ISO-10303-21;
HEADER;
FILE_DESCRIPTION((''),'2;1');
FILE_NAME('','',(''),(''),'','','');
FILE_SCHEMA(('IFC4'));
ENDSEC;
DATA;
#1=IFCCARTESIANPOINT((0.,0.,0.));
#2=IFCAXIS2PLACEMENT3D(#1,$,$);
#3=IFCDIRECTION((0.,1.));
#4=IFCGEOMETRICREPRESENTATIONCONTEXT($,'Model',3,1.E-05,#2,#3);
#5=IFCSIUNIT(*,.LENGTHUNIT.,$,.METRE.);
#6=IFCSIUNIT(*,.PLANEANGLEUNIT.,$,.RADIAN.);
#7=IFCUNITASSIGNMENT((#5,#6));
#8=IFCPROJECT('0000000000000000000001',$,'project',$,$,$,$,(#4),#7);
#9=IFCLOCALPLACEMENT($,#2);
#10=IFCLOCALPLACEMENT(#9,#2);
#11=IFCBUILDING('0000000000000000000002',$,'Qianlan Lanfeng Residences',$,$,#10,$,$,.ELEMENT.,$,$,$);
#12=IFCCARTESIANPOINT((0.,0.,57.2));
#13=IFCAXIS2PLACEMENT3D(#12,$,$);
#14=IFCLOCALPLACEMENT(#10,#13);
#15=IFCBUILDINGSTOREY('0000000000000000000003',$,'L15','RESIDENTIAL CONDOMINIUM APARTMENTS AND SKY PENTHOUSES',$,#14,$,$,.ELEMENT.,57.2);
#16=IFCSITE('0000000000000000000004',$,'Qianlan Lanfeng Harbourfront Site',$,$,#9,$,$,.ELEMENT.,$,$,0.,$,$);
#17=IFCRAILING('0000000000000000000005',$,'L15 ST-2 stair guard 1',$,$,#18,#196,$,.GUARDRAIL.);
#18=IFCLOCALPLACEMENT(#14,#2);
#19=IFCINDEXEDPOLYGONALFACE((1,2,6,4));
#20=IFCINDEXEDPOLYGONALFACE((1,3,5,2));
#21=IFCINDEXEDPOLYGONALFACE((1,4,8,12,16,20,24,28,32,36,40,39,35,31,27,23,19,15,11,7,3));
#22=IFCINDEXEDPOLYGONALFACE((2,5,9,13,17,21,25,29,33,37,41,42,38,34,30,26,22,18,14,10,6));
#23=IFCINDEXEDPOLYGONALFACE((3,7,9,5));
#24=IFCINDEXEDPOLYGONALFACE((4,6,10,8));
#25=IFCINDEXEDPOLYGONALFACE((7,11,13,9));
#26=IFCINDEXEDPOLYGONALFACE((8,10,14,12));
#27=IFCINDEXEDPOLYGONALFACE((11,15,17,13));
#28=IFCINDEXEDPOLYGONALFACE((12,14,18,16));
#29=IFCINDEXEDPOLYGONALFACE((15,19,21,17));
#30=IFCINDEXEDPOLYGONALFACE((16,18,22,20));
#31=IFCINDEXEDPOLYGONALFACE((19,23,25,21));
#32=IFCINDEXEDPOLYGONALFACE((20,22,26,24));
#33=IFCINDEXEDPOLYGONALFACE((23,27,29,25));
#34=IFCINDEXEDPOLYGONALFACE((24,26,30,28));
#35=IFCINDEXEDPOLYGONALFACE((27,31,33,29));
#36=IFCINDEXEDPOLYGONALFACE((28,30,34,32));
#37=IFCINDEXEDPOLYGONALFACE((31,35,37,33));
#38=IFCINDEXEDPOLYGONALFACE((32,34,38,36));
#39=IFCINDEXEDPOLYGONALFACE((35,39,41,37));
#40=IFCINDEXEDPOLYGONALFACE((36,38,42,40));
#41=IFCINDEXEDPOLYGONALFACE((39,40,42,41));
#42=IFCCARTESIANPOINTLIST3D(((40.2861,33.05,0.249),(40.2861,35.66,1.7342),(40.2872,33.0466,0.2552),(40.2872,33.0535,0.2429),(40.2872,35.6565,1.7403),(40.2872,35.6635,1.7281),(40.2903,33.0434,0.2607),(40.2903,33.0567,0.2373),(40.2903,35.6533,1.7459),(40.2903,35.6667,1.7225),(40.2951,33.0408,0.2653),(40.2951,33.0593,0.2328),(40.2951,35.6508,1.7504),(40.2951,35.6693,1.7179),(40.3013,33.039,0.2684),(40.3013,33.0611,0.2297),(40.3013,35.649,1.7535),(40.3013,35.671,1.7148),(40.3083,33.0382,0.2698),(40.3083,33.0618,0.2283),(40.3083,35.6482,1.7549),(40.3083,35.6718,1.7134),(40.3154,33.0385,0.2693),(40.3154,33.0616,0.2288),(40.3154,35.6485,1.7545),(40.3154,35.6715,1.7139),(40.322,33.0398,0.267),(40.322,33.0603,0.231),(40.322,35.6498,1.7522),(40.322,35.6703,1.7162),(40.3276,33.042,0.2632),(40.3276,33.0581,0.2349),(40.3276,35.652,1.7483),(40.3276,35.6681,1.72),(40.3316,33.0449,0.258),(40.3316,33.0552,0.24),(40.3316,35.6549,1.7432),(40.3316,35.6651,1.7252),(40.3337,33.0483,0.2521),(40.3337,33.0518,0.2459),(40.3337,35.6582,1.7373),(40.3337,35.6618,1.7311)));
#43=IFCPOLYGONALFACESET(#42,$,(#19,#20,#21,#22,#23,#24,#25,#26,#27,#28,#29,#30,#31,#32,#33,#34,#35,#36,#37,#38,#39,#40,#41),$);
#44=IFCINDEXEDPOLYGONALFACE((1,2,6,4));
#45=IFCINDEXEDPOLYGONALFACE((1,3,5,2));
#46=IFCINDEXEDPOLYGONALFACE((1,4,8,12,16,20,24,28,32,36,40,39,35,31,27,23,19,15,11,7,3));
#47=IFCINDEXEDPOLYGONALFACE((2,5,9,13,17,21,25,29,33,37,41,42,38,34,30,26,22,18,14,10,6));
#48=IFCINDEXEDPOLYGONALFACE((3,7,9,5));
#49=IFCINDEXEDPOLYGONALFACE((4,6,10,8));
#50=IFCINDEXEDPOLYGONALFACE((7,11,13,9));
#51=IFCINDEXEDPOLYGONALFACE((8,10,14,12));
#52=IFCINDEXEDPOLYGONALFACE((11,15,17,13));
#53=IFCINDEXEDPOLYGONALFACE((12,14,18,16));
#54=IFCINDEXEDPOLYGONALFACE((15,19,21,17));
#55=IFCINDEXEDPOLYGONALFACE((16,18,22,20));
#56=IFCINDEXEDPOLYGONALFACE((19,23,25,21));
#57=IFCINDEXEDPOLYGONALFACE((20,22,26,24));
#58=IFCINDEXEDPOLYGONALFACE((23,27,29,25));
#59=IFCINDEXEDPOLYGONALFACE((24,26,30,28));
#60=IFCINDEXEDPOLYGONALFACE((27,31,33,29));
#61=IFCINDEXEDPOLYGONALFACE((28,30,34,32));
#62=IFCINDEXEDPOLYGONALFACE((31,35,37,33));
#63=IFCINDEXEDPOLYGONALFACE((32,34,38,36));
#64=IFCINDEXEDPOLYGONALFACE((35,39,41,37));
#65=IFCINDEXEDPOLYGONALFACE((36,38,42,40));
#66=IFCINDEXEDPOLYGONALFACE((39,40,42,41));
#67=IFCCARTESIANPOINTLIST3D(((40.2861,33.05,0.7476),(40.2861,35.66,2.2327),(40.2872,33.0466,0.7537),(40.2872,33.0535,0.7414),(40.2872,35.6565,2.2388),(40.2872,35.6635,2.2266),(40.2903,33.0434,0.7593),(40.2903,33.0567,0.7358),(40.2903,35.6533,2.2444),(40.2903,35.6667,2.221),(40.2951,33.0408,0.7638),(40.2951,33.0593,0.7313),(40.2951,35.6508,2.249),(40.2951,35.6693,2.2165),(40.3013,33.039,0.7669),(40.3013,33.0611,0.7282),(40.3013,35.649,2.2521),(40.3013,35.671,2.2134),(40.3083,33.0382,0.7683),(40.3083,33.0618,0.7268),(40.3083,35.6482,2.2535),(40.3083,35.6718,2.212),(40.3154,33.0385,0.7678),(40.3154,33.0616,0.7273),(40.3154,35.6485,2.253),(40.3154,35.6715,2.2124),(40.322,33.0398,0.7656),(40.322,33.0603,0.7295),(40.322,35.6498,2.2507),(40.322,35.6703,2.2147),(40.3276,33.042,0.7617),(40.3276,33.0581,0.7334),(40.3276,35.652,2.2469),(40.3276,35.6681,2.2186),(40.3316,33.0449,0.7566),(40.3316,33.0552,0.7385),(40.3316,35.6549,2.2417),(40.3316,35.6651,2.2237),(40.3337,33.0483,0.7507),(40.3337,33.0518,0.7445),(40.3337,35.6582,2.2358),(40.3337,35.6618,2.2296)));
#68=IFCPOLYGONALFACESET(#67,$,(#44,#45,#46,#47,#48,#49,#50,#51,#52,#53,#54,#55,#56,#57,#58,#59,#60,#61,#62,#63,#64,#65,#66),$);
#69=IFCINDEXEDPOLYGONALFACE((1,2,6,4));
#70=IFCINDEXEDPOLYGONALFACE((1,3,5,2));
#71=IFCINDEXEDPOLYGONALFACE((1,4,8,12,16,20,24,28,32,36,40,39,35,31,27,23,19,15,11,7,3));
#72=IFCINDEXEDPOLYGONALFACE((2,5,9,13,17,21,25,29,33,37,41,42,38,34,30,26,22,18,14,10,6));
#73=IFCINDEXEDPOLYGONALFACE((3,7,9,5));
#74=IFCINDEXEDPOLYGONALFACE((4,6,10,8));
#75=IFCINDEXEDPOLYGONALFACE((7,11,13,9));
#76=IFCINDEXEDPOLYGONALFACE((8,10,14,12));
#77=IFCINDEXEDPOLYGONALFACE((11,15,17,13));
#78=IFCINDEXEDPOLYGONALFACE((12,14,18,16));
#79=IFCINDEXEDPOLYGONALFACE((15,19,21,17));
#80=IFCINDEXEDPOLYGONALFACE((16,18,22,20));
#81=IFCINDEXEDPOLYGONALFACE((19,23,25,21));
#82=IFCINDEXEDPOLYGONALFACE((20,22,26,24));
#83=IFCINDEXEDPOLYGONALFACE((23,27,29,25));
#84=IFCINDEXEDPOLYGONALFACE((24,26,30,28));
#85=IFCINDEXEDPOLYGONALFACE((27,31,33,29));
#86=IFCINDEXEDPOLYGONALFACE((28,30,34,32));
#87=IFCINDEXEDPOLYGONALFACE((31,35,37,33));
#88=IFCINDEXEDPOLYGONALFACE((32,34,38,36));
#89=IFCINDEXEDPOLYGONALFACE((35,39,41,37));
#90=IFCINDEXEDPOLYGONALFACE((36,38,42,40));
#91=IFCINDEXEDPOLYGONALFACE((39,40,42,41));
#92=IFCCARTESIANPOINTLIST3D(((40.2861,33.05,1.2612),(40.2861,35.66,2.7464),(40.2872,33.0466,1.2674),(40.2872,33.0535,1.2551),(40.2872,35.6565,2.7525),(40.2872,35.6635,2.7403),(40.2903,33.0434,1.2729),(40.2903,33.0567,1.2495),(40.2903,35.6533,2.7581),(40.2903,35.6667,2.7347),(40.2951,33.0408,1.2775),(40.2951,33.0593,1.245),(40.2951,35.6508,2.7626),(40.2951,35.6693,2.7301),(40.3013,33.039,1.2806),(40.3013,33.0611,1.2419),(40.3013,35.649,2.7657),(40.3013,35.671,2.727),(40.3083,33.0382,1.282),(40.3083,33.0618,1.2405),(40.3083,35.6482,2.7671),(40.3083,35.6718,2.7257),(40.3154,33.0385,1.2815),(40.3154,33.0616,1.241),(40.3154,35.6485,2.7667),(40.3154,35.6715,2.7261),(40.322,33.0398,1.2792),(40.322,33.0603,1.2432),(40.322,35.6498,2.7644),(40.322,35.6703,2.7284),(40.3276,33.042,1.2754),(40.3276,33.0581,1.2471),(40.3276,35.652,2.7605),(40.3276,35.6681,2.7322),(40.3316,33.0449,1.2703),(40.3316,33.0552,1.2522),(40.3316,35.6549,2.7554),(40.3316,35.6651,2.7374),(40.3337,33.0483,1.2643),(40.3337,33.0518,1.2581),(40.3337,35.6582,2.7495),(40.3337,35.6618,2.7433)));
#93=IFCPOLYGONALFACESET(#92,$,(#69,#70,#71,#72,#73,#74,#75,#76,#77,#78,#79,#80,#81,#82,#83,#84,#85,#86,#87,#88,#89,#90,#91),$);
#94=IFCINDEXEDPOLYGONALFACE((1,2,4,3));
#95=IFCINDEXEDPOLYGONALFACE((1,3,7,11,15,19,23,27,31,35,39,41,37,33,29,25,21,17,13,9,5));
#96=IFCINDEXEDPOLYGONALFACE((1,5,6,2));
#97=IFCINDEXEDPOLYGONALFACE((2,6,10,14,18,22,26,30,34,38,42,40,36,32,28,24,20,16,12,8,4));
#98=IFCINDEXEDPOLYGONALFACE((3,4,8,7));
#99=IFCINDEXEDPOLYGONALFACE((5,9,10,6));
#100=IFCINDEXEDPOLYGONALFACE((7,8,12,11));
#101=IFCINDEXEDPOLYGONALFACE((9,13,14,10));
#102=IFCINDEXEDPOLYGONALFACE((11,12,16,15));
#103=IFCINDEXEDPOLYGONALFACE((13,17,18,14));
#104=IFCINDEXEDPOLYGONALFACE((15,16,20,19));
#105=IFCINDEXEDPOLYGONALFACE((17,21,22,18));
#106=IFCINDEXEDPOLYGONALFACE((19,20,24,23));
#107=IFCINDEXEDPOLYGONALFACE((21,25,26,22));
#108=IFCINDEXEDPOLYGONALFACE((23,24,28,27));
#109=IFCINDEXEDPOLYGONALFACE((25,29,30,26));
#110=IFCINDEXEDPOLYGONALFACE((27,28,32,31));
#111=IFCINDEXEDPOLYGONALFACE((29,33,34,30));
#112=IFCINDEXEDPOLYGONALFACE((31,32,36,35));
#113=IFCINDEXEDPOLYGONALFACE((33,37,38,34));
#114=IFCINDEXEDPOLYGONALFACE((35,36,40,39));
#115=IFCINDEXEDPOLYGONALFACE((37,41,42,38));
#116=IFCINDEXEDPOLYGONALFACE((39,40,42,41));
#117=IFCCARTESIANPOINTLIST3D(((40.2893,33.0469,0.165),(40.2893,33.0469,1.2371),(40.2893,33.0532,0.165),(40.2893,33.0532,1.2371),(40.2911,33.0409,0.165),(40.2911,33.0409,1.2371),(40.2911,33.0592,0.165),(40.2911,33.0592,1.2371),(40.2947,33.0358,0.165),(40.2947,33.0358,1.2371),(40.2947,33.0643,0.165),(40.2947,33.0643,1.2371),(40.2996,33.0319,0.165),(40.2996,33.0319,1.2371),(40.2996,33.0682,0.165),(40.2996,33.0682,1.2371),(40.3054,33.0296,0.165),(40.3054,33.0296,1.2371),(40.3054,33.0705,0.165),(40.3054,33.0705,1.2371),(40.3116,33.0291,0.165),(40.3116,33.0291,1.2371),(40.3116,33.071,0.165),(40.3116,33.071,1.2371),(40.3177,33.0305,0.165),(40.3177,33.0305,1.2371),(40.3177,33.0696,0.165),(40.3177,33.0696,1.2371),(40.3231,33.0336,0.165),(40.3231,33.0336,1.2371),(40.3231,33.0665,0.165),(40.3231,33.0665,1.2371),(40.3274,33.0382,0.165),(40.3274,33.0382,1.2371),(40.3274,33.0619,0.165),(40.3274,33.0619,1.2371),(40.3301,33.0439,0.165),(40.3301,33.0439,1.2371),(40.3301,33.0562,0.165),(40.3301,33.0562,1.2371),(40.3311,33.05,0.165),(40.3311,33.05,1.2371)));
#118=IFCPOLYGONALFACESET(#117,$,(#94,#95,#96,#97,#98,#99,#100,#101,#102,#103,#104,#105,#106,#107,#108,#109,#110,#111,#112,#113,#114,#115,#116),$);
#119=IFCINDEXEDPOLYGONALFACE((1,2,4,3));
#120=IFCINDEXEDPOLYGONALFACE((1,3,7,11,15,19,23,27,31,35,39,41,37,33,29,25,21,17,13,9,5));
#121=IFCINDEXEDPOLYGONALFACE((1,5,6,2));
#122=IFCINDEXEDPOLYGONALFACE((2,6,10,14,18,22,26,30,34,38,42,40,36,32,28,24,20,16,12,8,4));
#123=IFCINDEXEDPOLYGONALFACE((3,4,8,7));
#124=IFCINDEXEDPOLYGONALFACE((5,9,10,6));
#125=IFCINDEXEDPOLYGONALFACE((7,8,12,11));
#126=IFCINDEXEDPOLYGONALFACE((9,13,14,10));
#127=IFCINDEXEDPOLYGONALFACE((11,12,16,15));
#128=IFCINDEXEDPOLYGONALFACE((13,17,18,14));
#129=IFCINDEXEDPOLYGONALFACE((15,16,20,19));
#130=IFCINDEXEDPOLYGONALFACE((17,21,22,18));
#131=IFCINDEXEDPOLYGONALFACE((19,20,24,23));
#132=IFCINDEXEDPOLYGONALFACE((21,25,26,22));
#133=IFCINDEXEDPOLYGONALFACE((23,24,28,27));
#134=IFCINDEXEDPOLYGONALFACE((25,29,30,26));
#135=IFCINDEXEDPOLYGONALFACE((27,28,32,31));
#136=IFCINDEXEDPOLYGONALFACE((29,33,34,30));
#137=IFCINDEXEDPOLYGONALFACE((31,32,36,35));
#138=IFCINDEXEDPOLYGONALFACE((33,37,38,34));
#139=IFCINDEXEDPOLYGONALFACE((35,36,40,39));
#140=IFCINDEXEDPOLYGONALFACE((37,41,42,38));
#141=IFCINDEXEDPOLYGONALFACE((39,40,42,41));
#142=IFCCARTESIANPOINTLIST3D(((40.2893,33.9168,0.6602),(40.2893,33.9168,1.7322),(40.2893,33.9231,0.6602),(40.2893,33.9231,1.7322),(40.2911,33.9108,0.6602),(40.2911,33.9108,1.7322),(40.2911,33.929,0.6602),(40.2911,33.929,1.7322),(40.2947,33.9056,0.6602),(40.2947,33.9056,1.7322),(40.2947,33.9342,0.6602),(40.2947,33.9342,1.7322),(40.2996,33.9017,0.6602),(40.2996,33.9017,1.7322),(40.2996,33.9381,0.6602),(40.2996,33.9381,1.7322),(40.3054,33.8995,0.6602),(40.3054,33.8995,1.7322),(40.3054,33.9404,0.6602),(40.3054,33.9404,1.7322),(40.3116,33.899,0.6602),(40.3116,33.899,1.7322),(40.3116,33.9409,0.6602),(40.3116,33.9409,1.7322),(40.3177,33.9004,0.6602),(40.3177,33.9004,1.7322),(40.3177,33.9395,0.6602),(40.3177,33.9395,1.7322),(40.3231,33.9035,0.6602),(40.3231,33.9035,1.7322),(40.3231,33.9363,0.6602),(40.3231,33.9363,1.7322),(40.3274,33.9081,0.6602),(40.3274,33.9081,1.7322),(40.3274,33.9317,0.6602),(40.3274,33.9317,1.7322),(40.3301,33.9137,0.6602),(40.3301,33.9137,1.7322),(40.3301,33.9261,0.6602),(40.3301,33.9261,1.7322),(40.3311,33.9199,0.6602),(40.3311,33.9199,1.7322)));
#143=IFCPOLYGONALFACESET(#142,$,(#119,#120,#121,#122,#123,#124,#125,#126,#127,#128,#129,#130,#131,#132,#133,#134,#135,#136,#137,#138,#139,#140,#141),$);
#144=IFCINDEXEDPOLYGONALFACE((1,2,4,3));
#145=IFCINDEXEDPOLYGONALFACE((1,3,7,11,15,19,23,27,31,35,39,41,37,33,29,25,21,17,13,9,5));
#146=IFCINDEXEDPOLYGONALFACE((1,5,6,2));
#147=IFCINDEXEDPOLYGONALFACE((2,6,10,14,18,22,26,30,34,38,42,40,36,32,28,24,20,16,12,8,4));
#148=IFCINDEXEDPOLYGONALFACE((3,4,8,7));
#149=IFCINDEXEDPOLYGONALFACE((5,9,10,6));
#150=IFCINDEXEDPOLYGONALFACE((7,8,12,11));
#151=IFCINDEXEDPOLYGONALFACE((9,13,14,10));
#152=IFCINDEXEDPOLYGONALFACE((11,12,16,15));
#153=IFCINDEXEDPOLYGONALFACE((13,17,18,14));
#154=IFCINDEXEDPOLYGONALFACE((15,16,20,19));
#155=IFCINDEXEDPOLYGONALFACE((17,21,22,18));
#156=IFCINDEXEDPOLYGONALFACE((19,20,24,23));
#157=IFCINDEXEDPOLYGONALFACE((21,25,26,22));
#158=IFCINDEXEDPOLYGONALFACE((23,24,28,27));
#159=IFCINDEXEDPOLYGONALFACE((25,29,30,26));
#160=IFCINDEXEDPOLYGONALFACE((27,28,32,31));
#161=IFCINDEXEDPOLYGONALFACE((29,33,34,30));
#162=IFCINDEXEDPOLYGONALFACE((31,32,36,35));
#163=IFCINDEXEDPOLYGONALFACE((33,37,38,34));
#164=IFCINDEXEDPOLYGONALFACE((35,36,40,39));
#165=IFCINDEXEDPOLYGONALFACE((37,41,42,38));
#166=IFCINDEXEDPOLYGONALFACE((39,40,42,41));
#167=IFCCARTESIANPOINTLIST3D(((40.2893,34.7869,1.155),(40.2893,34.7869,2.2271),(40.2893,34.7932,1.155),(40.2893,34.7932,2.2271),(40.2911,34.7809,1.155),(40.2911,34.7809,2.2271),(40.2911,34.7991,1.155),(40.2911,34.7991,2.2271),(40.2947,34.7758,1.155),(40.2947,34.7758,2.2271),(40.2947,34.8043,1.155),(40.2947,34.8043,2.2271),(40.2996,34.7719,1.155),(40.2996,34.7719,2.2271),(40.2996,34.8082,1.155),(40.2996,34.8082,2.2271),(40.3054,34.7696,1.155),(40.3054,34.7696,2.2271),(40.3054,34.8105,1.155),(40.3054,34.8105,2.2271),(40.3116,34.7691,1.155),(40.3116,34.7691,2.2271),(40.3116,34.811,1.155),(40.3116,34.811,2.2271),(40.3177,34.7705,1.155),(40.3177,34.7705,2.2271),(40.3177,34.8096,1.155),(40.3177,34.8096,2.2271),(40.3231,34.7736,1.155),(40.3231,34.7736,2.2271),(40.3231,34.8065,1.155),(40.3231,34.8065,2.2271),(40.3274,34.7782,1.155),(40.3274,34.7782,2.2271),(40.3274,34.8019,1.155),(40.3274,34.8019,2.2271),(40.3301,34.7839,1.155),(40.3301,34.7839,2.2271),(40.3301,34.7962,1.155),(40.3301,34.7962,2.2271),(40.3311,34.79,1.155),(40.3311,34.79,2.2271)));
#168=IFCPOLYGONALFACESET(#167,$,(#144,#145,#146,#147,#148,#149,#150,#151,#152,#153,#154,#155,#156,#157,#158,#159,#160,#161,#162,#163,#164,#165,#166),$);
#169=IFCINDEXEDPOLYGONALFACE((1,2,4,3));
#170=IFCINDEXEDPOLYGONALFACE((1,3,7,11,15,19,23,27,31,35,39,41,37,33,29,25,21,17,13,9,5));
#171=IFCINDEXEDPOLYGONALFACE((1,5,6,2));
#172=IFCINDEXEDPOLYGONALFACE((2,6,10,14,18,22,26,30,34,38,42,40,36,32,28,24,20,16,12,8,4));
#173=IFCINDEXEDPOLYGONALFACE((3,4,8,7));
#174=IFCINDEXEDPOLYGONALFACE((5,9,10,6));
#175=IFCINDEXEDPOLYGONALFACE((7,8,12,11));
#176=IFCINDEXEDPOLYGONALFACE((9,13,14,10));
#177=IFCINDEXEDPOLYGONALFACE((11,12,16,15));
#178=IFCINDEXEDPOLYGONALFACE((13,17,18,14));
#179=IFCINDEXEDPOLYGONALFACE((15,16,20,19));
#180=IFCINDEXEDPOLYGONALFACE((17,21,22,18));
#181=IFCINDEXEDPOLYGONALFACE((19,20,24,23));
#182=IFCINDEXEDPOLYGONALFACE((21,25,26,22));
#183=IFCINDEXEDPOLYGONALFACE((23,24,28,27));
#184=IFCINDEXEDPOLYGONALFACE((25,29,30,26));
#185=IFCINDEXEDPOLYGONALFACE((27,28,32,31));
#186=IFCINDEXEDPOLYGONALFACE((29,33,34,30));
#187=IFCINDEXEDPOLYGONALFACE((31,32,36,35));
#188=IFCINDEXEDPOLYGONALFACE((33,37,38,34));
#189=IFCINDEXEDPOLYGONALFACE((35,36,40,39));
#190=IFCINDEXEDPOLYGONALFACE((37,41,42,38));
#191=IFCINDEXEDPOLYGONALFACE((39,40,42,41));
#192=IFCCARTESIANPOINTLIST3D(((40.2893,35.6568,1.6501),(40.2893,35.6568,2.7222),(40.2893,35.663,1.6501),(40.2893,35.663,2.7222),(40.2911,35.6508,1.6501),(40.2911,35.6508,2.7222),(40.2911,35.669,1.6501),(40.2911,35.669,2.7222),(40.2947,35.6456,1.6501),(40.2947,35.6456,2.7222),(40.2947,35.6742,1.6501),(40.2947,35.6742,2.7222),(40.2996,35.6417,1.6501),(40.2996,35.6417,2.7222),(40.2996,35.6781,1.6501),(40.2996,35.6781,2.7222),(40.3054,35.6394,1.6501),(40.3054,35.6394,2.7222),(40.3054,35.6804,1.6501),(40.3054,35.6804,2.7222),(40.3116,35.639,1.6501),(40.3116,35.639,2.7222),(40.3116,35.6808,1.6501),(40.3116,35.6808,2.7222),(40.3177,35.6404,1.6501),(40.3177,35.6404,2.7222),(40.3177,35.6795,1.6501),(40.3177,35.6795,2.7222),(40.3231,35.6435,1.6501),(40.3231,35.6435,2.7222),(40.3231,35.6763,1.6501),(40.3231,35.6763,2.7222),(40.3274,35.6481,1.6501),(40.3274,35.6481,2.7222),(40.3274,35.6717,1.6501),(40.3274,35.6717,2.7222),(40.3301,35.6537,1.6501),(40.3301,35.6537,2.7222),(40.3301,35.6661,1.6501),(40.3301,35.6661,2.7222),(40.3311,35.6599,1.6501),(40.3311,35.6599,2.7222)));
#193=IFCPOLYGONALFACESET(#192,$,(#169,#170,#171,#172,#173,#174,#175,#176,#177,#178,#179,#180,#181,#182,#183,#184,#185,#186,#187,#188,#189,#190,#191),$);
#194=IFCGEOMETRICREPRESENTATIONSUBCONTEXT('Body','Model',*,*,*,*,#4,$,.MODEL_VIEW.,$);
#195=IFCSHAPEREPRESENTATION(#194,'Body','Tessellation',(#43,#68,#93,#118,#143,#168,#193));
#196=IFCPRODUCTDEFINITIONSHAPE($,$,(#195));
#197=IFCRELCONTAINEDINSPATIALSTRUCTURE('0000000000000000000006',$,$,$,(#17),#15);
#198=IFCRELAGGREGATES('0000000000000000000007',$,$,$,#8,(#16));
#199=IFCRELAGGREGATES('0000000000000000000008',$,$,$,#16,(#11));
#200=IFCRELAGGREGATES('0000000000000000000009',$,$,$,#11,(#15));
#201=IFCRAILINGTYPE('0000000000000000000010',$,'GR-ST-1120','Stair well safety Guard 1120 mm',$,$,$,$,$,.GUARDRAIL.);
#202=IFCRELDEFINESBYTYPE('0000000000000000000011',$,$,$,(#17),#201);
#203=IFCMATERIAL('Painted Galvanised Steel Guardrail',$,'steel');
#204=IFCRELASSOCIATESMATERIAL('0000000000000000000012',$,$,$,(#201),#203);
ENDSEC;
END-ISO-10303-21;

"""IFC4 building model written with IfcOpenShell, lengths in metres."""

from ifc_helpers import new_model, si_unit, direction, frame, origin, origin_2d, place, context, subcontext, project, spatial, circle, extrude, material, type_object, element, save


model = new_model("IFC4")

# Units and contexts
model_context = context("Model", 3, precision=1e-05, world=origin(), true_north=direction((0.0, 1.0)))
body_context = subcontext(model_context, "Body", "Model", "MODEL_VIEW")
ifc_project = project(units=[si_unit("LENGTHUNIT", "METRE"), si_unit("PLANEANGLEUNIT", "RADIAN")], contexts=[model_context])

# Site, building, storey
site_placement = place(None, origin())
site = spatial("IfcSite", under=ifc_project, at=site_placement, Name="Qianlan Lanfeng Harbourfront Site", CompositionType="ELEMENT", RefElevation=0.0)
building_placement = place(site_placement, origin())
building = spatial("IfcBuilding", under=site, at=building_placement, Name="Qianlan Lanfeng Residences", CompositionType="ELEMENT")
storey_placement = place(building_placement, frame((0.0, 0.0, 57.2)))
storey = spatial("IfcBuildingStorey", under=building, at=storey_placement, Name="L15", Description="RESIDENTIAL CONDOMINIUM APARTMENTS AND SKY PENTHOUSES", CompositionType="ELEMENT", Elevation=57.2)

# Railing
ifc_material_1 = material(Name="Painted Galvanised Steel Guardrail", Category="steel")
railing_type_1 = type_object("IfcRailingType", Name="GR-ST-1120", Description="Stair well safety Guard 1120 mm", PredefinedType="GUARDRAIL", material=ifc_material_1)
railing_1_placement = place(storey_placement, frame((40.3101, 33.05, 0.165)))
element("IfcRailing", 1, at=railing_1_placement, inside=storey, type_object=railing_type_1, Name="L15 ST-2 stair guard 1", PredefinedType="GUARDRAIL", context=body_context, shape_type="SweptSolid", body=[
    extrude(circle(Radius=0.0239, at=origin_2d()), frame((0.0, 0.0, 0.084), z_axis=(0.0, 0.869137, 0.494571), x_axis=(-1.0, 0.0, 0.0)), (0.0, 0.0, 1.0), 3.0029),
    extrude(circle(Radius=0.0239, at=origin_2d()), frame((0.0, 0.0, 0.5825), z_axis=(0.0, 0.869137, 0.494571), x_axis=(-1.0, 0.0, 0.0)), (0.0, 0.0, 1.0), 3.0029),
    extrude(circle(Radius=0.0239, at=origin_2d()), frame((0.0, 0.0, 1.0962), z_axis=(0.0, 0.869137, 0.494571), x_axis=(-1.0, 0.0, 0.0)), (0.0, 0.0, 1.0), 3.0029),
    extrude(circle(Radius=0.021, at=origin_2d()), origin(), (0.0, 0.0, 1.0), 1.072),
    extrude(circle(Radius=0.021, at=origin_2d()), frame((0.0, 0.8699, 0.4951)), (0.0, 0.0, 1.0), 1.072),
    extrude(circle(Radius=0.021, at=origin_2d()), frame((0.0, 1.74, 0.99)), (0.0, 0.0, 1.0), 1.072),
    extrude(circle(Radius=0.021, at=origin_2d()), frame((0.0, 2.6099, 1.4851)), (0.0, 0.0, 1.0), 1.072),
])

save(model, "model.ifc")
